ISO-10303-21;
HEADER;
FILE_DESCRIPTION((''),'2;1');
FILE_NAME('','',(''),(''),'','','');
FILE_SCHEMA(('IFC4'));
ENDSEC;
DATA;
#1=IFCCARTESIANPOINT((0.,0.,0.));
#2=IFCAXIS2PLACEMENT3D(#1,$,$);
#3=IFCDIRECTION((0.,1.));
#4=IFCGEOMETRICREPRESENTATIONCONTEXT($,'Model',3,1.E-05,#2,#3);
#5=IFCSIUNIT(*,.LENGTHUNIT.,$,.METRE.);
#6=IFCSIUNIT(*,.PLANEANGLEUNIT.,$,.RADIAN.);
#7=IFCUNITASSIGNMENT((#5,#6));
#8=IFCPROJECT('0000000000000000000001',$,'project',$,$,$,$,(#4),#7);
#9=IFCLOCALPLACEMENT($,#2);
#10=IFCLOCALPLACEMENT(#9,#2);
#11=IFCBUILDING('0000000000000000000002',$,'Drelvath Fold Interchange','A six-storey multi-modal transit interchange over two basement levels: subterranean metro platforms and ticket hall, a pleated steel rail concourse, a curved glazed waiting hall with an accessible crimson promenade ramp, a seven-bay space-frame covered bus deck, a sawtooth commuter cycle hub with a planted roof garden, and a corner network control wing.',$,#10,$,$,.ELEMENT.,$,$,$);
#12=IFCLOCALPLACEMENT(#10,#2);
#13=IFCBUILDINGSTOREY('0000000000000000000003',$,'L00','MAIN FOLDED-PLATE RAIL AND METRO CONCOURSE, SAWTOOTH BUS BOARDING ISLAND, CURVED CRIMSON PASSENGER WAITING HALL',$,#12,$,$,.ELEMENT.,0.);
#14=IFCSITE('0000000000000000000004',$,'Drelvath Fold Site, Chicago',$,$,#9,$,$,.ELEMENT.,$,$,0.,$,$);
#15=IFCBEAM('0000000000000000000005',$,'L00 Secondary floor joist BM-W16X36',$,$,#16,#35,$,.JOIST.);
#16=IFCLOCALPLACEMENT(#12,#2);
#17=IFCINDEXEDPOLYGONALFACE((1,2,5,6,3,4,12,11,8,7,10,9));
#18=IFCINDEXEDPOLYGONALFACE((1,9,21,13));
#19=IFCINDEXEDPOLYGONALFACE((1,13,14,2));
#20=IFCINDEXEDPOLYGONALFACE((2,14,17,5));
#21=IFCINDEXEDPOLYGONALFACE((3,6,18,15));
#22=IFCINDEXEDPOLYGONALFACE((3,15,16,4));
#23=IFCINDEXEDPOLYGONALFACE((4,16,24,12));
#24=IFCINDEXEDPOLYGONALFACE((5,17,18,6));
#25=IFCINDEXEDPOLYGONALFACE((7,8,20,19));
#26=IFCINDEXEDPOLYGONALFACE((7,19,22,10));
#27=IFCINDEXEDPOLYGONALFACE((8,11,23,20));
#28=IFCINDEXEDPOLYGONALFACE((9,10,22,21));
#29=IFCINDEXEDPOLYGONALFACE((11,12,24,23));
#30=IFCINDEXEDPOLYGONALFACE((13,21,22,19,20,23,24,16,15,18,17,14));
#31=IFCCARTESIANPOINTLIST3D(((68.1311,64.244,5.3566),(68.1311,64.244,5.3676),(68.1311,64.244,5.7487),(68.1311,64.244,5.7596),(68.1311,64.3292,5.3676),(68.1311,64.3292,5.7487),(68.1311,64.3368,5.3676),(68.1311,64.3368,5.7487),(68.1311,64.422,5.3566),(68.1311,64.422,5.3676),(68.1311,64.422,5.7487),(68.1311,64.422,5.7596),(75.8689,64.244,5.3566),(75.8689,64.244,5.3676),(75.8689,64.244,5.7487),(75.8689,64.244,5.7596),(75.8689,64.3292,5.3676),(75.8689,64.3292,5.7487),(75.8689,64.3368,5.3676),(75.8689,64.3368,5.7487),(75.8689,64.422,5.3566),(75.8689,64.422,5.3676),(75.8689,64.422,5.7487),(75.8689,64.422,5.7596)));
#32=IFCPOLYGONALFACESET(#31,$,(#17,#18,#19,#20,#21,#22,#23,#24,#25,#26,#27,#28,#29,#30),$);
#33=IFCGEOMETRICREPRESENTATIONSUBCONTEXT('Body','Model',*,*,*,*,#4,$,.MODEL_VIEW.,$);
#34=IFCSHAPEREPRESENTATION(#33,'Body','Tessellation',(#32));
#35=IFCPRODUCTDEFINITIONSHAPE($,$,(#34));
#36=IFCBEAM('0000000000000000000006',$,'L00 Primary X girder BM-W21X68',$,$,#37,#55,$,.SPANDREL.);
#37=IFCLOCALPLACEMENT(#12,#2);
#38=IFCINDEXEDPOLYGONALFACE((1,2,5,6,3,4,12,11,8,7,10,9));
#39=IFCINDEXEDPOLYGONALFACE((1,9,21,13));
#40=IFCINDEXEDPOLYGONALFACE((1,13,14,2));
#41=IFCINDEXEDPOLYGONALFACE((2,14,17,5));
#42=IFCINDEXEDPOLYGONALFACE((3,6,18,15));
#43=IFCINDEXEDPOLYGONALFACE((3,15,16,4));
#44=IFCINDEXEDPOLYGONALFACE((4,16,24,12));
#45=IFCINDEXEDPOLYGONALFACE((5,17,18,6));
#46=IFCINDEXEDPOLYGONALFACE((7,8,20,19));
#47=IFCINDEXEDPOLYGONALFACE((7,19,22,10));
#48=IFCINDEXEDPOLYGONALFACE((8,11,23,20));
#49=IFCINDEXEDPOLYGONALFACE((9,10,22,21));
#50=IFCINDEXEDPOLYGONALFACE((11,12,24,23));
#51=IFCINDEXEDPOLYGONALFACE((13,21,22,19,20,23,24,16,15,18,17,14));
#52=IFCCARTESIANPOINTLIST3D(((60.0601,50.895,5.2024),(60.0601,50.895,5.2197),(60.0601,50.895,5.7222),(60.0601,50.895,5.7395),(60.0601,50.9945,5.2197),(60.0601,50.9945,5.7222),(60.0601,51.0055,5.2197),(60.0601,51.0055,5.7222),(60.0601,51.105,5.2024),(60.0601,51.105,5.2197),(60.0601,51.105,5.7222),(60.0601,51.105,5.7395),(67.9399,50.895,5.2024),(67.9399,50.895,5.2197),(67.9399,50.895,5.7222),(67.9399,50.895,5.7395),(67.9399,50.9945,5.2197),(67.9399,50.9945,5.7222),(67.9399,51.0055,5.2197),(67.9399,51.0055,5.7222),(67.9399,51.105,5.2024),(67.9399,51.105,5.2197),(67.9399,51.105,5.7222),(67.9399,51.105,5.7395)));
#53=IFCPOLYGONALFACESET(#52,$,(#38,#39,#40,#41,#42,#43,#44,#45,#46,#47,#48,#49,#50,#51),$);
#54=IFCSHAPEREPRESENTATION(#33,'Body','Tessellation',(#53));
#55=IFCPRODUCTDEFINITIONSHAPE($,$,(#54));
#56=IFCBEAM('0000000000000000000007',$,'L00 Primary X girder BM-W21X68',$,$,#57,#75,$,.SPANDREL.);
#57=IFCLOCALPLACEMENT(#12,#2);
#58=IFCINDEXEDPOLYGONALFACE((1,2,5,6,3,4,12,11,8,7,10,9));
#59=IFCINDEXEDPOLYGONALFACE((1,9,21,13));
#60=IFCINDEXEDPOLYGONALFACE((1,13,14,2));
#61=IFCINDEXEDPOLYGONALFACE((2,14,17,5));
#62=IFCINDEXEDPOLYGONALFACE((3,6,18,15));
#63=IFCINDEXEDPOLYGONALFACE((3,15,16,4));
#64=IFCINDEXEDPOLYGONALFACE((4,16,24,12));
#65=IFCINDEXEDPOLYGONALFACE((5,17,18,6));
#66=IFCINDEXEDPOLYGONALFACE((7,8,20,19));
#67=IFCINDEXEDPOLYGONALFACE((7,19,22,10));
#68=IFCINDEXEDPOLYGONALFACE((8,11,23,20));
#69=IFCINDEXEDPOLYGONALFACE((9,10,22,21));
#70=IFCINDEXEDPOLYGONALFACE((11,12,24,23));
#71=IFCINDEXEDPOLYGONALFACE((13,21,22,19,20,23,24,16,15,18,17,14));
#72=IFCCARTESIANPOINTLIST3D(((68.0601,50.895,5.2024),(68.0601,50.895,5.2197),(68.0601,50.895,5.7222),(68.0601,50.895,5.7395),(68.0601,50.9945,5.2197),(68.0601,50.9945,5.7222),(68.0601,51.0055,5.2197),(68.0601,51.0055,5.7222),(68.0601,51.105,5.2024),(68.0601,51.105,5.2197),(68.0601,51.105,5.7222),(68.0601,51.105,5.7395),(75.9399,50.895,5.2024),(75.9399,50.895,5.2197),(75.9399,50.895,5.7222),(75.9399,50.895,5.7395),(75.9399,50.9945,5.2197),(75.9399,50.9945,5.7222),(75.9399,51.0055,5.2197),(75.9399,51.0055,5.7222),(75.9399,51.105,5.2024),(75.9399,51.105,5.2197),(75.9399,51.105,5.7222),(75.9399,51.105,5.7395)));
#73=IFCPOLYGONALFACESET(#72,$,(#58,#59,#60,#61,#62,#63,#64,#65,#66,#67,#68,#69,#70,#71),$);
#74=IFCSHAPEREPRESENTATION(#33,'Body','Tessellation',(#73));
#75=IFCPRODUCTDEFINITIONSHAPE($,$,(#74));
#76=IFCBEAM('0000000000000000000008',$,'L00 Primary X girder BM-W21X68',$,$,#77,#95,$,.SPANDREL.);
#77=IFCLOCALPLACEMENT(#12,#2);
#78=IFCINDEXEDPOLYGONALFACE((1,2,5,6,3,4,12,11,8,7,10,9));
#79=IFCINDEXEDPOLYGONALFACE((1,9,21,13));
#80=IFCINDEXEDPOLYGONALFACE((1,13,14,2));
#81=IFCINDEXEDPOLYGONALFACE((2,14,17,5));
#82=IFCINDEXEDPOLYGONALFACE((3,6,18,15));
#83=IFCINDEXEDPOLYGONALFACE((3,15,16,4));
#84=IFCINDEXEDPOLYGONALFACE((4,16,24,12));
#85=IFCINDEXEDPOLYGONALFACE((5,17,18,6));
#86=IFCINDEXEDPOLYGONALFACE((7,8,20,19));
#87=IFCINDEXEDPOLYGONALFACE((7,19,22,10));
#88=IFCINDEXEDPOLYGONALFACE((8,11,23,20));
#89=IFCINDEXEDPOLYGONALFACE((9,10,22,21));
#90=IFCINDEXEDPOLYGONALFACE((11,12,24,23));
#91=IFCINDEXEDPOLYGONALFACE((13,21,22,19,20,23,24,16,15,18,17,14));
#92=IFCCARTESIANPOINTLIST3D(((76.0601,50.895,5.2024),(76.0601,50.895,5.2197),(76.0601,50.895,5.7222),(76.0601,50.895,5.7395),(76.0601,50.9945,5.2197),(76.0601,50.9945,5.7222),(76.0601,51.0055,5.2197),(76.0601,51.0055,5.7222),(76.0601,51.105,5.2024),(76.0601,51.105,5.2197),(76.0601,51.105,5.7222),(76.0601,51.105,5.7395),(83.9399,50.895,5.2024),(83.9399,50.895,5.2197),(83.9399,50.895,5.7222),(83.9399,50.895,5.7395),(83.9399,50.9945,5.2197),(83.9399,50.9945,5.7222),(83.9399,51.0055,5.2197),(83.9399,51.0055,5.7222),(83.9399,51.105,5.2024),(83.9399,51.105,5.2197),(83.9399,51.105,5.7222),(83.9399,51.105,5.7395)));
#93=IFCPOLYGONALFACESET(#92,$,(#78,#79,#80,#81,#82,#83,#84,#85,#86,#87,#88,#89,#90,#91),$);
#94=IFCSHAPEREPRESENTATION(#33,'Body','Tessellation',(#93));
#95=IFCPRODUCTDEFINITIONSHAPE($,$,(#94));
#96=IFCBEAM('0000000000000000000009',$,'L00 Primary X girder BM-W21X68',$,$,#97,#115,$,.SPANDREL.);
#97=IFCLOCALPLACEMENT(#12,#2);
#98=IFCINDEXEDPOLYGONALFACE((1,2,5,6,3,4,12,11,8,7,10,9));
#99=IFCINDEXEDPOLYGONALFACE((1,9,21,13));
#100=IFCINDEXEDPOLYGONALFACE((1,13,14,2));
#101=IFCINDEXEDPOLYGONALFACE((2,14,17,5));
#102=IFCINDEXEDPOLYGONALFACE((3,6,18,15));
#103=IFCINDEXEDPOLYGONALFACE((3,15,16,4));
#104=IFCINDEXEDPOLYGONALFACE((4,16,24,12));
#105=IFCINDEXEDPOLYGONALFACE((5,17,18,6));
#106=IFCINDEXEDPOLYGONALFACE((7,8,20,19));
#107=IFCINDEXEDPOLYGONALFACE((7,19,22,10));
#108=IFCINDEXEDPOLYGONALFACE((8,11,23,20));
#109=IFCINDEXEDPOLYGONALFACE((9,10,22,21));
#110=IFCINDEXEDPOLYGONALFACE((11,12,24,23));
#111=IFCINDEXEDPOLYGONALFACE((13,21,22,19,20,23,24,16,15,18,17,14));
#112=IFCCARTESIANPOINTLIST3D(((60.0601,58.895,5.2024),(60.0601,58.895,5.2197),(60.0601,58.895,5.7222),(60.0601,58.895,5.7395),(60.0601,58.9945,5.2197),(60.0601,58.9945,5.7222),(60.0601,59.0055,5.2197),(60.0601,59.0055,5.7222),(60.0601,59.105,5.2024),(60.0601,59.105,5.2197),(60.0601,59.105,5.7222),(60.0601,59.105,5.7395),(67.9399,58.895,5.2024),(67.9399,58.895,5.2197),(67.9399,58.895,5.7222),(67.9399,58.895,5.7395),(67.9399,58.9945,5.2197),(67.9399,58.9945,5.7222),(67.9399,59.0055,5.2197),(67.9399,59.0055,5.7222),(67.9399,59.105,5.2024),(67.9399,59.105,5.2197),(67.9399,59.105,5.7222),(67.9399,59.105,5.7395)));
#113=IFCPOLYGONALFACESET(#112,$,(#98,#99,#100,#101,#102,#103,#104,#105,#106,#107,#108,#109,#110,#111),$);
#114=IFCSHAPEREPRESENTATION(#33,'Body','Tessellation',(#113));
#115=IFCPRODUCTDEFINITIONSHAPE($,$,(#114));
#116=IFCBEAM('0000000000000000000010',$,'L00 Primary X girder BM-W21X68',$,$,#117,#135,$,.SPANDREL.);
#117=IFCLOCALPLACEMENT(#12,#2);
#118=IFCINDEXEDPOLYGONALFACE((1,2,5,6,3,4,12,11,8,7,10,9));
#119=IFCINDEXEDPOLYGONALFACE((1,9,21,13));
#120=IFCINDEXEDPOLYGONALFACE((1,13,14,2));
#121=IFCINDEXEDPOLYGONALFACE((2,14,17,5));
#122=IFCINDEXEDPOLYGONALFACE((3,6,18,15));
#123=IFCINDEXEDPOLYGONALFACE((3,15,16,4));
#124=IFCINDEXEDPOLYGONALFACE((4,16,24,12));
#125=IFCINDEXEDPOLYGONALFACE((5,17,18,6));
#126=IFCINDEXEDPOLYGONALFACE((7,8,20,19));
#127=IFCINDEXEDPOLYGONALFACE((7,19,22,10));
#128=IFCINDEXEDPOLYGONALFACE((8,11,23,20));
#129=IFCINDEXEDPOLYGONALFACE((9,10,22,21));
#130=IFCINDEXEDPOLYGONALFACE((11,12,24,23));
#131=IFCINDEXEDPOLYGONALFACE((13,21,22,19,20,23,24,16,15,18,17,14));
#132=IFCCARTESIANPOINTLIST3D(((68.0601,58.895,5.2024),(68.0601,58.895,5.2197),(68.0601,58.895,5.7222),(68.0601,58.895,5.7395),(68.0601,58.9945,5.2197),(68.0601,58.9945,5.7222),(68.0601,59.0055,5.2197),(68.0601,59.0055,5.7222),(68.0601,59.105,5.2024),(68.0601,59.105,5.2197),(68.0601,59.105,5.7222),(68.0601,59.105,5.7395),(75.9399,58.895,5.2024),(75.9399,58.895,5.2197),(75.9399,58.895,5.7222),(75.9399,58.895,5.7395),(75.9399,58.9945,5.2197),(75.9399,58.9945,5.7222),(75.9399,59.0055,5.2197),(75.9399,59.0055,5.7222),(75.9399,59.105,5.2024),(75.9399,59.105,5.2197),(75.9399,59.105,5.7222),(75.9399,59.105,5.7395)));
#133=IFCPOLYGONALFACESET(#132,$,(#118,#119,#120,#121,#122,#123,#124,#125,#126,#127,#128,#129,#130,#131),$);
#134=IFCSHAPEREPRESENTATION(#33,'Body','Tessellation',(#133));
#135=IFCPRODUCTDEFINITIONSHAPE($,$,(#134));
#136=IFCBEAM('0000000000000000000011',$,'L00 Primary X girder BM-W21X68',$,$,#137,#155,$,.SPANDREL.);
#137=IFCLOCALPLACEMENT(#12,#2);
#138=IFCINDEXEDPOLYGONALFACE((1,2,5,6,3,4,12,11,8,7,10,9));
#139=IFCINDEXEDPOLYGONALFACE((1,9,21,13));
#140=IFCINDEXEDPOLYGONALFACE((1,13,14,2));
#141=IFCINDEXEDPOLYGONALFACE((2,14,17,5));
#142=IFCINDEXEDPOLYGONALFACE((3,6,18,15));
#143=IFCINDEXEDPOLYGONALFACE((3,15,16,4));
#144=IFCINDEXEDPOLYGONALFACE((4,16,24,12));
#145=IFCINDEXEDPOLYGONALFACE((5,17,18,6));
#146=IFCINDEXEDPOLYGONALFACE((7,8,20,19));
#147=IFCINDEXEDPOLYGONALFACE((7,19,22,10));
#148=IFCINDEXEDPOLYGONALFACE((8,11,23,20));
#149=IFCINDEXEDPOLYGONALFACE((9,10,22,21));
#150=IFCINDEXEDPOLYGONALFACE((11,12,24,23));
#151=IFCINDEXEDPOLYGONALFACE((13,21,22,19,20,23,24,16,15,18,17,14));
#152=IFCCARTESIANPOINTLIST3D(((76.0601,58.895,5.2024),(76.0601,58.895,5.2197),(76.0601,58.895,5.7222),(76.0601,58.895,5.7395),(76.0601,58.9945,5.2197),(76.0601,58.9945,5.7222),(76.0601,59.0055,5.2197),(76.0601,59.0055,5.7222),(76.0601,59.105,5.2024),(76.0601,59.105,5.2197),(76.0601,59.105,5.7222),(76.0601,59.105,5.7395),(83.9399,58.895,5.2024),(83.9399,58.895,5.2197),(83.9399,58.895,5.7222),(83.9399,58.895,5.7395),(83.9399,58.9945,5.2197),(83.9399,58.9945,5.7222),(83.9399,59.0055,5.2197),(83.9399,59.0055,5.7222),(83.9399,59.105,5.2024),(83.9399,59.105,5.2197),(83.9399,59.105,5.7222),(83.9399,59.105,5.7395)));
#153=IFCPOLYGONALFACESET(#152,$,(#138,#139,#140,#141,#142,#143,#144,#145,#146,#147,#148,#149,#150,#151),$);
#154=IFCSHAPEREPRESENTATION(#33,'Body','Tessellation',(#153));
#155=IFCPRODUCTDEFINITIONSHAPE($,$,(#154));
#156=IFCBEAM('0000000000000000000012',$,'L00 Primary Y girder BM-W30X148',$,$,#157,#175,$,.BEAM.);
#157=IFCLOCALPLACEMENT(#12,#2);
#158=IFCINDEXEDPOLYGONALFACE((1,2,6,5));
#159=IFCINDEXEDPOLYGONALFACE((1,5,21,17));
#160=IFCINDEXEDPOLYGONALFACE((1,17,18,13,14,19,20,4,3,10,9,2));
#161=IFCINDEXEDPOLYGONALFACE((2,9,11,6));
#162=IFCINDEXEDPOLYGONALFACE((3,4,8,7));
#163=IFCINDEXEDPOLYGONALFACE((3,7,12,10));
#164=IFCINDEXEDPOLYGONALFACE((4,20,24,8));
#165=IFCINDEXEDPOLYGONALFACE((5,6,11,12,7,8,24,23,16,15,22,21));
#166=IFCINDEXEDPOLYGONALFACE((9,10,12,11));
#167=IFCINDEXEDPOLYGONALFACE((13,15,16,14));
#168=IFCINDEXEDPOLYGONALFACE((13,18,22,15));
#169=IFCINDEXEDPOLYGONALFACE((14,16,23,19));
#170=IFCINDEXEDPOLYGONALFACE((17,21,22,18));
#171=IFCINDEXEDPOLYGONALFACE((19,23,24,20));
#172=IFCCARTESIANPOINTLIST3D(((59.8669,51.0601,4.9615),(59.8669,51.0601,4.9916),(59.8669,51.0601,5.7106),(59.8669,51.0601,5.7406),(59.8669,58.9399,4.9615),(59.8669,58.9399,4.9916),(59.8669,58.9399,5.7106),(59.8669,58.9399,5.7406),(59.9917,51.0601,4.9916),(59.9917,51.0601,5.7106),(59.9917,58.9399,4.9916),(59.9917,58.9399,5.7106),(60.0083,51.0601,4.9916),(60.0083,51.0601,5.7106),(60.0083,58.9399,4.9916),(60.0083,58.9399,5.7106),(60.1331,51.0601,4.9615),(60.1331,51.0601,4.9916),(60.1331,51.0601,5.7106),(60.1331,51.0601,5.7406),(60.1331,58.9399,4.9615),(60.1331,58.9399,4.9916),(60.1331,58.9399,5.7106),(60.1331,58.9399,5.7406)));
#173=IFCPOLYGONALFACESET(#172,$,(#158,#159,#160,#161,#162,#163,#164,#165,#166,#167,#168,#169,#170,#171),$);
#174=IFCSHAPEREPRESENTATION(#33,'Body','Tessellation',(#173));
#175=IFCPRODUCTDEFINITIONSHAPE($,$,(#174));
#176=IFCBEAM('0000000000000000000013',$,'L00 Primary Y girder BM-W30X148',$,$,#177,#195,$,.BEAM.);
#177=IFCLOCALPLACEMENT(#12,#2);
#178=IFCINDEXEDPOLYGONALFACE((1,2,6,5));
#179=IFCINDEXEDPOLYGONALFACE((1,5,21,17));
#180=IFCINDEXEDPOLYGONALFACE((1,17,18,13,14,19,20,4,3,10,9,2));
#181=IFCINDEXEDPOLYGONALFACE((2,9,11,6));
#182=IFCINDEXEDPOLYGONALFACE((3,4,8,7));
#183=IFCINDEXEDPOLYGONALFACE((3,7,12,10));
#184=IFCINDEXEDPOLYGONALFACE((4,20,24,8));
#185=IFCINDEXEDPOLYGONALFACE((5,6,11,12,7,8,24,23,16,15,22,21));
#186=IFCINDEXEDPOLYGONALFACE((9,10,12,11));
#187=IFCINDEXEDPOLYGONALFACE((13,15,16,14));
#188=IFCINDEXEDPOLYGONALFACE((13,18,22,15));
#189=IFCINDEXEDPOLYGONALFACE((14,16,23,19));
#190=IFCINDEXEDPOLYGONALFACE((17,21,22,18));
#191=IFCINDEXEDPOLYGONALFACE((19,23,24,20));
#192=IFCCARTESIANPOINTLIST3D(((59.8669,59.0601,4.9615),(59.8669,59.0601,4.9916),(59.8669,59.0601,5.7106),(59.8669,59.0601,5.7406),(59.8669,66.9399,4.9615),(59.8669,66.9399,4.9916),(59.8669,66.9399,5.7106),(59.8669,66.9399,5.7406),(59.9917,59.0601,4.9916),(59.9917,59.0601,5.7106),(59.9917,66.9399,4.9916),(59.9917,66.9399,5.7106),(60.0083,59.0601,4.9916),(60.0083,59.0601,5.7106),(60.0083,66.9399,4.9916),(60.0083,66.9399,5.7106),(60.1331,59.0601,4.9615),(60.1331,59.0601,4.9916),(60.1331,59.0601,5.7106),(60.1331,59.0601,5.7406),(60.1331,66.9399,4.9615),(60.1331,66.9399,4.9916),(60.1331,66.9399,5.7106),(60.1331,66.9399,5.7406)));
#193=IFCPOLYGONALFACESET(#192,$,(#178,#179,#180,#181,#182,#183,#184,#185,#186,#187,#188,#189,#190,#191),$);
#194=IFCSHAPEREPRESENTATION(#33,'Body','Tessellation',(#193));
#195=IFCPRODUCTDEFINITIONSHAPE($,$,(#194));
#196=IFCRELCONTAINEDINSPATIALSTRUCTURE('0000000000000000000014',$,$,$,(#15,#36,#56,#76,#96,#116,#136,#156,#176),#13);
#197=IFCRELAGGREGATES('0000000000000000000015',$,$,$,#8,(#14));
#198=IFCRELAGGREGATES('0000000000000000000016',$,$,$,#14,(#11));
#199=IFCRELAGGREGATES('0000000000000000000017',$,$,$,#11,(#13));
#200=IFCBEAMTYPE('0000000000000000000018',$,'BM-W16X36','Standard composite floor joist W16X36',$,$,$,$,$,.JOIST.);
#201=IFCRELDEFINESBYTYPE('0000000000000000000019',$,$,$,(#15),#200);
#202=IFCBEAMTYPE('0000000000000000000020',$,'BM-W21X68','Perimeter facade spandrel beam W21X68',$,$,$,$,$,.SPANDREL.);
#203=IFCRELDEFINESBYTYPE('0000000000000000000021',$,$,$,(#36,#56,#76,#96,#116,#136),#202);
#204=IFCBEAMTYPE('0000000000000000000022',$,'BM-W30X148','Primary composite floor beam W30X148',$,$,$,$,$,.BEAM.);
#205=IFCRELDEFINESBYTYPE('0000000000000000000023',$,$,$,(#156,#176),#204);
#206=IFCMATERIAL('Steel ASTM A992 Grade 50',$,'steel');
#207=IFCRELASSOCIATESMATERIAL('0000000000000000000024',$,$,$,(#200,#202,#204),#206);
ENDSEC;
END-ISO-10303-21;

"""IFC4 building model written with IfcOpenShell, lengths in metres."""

from ifc_helpers import new_model, si_unit, direction, frame, origin, origin_2d, place, context, subcontext, project, spatial, i_section, extrude, material, material_profile, profile_set, type_object, element, save


model = new_model("IFC4")

# Units and contexts
model_context = context("Model", 3, precision=1e-05, world=origin(), true_north=direction((0.0, 1.0)))
body_context = subcontext(model_context, "Body", "Model", "MODEL_VIEW")
ifc_project = project(units=[si_unit("LENGTHUNIT", "METRE"), si_unit("PLANEANGLEUNIT", "RADIAN")], contexts=[model_context])

# Site, building, storey
site_placement = place(None, origin())
site = spatial("IfcSite", under=ifc_project, at=site_placement, Name="Drelvath Fold Site, Chicago", CompositionType="ELEMENT", RefElevation=0.0)
building_placement = place(site_placement, origin())
building = spatial("IfcBuilding", under=site, at=building_placement, Name="Drelvath Fold Interchange", Description="A six-storey multi-modal transit interchange over two basement levels: subterranean metro platforms and ticket hall, a pleated steel rail concourse, a curved glazed waiting hall with an accessible crimson promenade ramp, a seven-bay space-frame covered bus deck, a sawtooth commuter cycle hub with a planted roof garden, and a corner network control wing.", CompositionType="ELEMENT")
storey_placement = place(building_placement, origin())
storey = spatial("IfcBuildingStorey", under=building, at=storey_placement, Name="L00", Description="MAIN FOLDED-PLATE RAIL AND METRO CONCOURSE, SAWTOOTH BUS BOARDING ISLAND, CURVED CRIMSON PASSENGER WAITING HALL", CompositionType="ELEMENT", Elevation=0.0)

# Shared definitions
ifc_material_1 = material(Name="Steel ASTM A992 Grade 50", Category="steel")

# Beams
ifc_material_profile_1 = material_profile(ifc_material_1, i_section(OverallWidth=0.178, OverallDepth=0.4031, WebThickness=0.0076, FlangeThickness=0.011, at=origin_2d()), Name="W16X36")
ifc_profile_set_1 = profile_set([ifc_material_profile_1], Name="Steel ASTM A992 Grade 50")
beam_type_1 = type_object("IfcBeamType", Name="BM-W16X36", Description="Standard composite floor joist W16X36", PredefinedType="JOIST", material=ifc_profile_set_1)
for number, where, z_axis, x_axis, name in (
    (1, (68.1311, 64.333, 5.5581), (1.0, 0.0, 0.0), (0.0, 1.0, 0.0), "L00 Secondary floor joist BM-W16X36"),
):
    element("IfcBeam", number, at=place(storey_placement, frame(where, z_axis=z_axis, x_axis=x_axis)), inside=storey, type_object=beam_type_1, Name=name, PredefinedType="JOIST", context=body_context, shape_type="SweptSolid", body=[
        extrude(i_section(OverallWidth=0.178, OverallDepth=0.4031, WebThickness=0.0076, FlangeThickness=0.011, at=origin_2d()), origin(), (0.0, 0.0, 1.0), 7.7378),
    ])
ifc_material_profile_2 = material_profile(ifc_material_1, i_section(OverallWidth=0.21, OverallDepth=0.5371, WebThickness=0.011, FlangeThickness=0.0173, at=origin_2d()), Name="W21X68")
ifc_profile_set_2 = profile_set([ifc_material_profile_2], Name="Steel ASTM A992 Grade 50")
beam_type_2 = type_object("IfcBeamType", Name="BM-W21X68", Description="Perimeter facade spandrel beam W21X68", PredefinedType="SPANDREL", material=ifc_profile_set_2)
for number, where, z_axis, x_axis, name in (
    (2, (60.0601, 51.0, 5.4709), (1.0, 0.0, 0.0), (0.0, 1.0, 0.0), "L00 Primary X girder BM-W21X68"),
    (3, (68.0601, 51.0, 5.4709), (1.0, 0.0, 0.0), (0.0, 1.0, 0.0), "L00 Primary X girder BM-W21X68"),
    (4, (76.0601, 51.0, 5.4709), (1.0, 0.0, 0.0), (0.0, 1.0, 0.0), "L00 Primary X girder BM-W21X68"),
    (5, (60.0601, 59.0, 5.4709), (1.0, 0.0, 0.0), (0.0, 1.0, 0.0), "L00 Primary X girder BM-W21X68"),
    (6, (68.0601, 59.0, 5.4709), (1.0, 0.0, 0.0), (0.0, 1.0, 0.0), "L00 Primary X girder BM-W21X68"),
    (7, (76.0601, 59.0, 5.4709), (1.0, 0.0, 0.0), (0.0, 1.0, 0.0), "L00 Primary X girder BM-W21X68"),
):
    element("IfcBeam", number, at=place(storey_placement, frame(where, z_axis=z_axis, x_axis=x_axis)), inside=storey, type_object=beam_type_2, Name=name, PredefinedType="SPANDREL", context=body_context, shape_type="SweptSolid", body=[
        extrude(i_section(OverallWidth=0.21, OverallDepth=0.5371, WebThickness=0.011, FlangeThickness=0.0173, at=origin_2d()), origin(), (0.0, 0.0, 1.0), 7.8799),
    ])
ifc_material_profile_3 = material_profile(ifc_material_1, i_section(OverallWidth=0.2661, OverallDepth=0.7791, WebThickness=0.0166, FlangeThickness=0.03, at=origin_2d()), Name="W30X148")
ifc_profile_set_3 = profile_set([ifc_material_profile_3], Name="Steel ASTM A992 Grade 50")
beam_type_3 = type_object("IfcBeamType", Name="BM-W30X148", Description="Primary composite floor beam W30X148", PredefinedType="BEAM", material=ifc_profile_set_3)
for number, where, z_axis, x_axis, name in (
    (8, (60.0, 51.0601, 5.3511), (0.0, 1.0, 0.0), (-1.0, 0.0, 0.0), "L00 Primary Y girder BM-W30X148"),
    (9, (60.0, 59.0601, 5.3511), (0.0, 1.0, 0.0), (-1.0, 0.0, 0.0), "L00 Primary Y girder BM-W30X148"),
):
    element("IfcBeam", number, at=place(storey_placement, frame(where, z_axis=z_axis, x_axis=x_axis)), inside=storey, type_object=beam_type_3, Name=name, PredefinedType="BEAM", context=body_context, shape_type="SweptSolid", body=[
        extrude(i_section(OverallWidth=0.2661, OverallDepth=0.7791, WebThickness=0.0166, FlangeThickness=0.03, at=origin_2d()), origin(), (0.0, 0.0, 1.0), 7.8799),
    ])

save(model, "model.ifc")
